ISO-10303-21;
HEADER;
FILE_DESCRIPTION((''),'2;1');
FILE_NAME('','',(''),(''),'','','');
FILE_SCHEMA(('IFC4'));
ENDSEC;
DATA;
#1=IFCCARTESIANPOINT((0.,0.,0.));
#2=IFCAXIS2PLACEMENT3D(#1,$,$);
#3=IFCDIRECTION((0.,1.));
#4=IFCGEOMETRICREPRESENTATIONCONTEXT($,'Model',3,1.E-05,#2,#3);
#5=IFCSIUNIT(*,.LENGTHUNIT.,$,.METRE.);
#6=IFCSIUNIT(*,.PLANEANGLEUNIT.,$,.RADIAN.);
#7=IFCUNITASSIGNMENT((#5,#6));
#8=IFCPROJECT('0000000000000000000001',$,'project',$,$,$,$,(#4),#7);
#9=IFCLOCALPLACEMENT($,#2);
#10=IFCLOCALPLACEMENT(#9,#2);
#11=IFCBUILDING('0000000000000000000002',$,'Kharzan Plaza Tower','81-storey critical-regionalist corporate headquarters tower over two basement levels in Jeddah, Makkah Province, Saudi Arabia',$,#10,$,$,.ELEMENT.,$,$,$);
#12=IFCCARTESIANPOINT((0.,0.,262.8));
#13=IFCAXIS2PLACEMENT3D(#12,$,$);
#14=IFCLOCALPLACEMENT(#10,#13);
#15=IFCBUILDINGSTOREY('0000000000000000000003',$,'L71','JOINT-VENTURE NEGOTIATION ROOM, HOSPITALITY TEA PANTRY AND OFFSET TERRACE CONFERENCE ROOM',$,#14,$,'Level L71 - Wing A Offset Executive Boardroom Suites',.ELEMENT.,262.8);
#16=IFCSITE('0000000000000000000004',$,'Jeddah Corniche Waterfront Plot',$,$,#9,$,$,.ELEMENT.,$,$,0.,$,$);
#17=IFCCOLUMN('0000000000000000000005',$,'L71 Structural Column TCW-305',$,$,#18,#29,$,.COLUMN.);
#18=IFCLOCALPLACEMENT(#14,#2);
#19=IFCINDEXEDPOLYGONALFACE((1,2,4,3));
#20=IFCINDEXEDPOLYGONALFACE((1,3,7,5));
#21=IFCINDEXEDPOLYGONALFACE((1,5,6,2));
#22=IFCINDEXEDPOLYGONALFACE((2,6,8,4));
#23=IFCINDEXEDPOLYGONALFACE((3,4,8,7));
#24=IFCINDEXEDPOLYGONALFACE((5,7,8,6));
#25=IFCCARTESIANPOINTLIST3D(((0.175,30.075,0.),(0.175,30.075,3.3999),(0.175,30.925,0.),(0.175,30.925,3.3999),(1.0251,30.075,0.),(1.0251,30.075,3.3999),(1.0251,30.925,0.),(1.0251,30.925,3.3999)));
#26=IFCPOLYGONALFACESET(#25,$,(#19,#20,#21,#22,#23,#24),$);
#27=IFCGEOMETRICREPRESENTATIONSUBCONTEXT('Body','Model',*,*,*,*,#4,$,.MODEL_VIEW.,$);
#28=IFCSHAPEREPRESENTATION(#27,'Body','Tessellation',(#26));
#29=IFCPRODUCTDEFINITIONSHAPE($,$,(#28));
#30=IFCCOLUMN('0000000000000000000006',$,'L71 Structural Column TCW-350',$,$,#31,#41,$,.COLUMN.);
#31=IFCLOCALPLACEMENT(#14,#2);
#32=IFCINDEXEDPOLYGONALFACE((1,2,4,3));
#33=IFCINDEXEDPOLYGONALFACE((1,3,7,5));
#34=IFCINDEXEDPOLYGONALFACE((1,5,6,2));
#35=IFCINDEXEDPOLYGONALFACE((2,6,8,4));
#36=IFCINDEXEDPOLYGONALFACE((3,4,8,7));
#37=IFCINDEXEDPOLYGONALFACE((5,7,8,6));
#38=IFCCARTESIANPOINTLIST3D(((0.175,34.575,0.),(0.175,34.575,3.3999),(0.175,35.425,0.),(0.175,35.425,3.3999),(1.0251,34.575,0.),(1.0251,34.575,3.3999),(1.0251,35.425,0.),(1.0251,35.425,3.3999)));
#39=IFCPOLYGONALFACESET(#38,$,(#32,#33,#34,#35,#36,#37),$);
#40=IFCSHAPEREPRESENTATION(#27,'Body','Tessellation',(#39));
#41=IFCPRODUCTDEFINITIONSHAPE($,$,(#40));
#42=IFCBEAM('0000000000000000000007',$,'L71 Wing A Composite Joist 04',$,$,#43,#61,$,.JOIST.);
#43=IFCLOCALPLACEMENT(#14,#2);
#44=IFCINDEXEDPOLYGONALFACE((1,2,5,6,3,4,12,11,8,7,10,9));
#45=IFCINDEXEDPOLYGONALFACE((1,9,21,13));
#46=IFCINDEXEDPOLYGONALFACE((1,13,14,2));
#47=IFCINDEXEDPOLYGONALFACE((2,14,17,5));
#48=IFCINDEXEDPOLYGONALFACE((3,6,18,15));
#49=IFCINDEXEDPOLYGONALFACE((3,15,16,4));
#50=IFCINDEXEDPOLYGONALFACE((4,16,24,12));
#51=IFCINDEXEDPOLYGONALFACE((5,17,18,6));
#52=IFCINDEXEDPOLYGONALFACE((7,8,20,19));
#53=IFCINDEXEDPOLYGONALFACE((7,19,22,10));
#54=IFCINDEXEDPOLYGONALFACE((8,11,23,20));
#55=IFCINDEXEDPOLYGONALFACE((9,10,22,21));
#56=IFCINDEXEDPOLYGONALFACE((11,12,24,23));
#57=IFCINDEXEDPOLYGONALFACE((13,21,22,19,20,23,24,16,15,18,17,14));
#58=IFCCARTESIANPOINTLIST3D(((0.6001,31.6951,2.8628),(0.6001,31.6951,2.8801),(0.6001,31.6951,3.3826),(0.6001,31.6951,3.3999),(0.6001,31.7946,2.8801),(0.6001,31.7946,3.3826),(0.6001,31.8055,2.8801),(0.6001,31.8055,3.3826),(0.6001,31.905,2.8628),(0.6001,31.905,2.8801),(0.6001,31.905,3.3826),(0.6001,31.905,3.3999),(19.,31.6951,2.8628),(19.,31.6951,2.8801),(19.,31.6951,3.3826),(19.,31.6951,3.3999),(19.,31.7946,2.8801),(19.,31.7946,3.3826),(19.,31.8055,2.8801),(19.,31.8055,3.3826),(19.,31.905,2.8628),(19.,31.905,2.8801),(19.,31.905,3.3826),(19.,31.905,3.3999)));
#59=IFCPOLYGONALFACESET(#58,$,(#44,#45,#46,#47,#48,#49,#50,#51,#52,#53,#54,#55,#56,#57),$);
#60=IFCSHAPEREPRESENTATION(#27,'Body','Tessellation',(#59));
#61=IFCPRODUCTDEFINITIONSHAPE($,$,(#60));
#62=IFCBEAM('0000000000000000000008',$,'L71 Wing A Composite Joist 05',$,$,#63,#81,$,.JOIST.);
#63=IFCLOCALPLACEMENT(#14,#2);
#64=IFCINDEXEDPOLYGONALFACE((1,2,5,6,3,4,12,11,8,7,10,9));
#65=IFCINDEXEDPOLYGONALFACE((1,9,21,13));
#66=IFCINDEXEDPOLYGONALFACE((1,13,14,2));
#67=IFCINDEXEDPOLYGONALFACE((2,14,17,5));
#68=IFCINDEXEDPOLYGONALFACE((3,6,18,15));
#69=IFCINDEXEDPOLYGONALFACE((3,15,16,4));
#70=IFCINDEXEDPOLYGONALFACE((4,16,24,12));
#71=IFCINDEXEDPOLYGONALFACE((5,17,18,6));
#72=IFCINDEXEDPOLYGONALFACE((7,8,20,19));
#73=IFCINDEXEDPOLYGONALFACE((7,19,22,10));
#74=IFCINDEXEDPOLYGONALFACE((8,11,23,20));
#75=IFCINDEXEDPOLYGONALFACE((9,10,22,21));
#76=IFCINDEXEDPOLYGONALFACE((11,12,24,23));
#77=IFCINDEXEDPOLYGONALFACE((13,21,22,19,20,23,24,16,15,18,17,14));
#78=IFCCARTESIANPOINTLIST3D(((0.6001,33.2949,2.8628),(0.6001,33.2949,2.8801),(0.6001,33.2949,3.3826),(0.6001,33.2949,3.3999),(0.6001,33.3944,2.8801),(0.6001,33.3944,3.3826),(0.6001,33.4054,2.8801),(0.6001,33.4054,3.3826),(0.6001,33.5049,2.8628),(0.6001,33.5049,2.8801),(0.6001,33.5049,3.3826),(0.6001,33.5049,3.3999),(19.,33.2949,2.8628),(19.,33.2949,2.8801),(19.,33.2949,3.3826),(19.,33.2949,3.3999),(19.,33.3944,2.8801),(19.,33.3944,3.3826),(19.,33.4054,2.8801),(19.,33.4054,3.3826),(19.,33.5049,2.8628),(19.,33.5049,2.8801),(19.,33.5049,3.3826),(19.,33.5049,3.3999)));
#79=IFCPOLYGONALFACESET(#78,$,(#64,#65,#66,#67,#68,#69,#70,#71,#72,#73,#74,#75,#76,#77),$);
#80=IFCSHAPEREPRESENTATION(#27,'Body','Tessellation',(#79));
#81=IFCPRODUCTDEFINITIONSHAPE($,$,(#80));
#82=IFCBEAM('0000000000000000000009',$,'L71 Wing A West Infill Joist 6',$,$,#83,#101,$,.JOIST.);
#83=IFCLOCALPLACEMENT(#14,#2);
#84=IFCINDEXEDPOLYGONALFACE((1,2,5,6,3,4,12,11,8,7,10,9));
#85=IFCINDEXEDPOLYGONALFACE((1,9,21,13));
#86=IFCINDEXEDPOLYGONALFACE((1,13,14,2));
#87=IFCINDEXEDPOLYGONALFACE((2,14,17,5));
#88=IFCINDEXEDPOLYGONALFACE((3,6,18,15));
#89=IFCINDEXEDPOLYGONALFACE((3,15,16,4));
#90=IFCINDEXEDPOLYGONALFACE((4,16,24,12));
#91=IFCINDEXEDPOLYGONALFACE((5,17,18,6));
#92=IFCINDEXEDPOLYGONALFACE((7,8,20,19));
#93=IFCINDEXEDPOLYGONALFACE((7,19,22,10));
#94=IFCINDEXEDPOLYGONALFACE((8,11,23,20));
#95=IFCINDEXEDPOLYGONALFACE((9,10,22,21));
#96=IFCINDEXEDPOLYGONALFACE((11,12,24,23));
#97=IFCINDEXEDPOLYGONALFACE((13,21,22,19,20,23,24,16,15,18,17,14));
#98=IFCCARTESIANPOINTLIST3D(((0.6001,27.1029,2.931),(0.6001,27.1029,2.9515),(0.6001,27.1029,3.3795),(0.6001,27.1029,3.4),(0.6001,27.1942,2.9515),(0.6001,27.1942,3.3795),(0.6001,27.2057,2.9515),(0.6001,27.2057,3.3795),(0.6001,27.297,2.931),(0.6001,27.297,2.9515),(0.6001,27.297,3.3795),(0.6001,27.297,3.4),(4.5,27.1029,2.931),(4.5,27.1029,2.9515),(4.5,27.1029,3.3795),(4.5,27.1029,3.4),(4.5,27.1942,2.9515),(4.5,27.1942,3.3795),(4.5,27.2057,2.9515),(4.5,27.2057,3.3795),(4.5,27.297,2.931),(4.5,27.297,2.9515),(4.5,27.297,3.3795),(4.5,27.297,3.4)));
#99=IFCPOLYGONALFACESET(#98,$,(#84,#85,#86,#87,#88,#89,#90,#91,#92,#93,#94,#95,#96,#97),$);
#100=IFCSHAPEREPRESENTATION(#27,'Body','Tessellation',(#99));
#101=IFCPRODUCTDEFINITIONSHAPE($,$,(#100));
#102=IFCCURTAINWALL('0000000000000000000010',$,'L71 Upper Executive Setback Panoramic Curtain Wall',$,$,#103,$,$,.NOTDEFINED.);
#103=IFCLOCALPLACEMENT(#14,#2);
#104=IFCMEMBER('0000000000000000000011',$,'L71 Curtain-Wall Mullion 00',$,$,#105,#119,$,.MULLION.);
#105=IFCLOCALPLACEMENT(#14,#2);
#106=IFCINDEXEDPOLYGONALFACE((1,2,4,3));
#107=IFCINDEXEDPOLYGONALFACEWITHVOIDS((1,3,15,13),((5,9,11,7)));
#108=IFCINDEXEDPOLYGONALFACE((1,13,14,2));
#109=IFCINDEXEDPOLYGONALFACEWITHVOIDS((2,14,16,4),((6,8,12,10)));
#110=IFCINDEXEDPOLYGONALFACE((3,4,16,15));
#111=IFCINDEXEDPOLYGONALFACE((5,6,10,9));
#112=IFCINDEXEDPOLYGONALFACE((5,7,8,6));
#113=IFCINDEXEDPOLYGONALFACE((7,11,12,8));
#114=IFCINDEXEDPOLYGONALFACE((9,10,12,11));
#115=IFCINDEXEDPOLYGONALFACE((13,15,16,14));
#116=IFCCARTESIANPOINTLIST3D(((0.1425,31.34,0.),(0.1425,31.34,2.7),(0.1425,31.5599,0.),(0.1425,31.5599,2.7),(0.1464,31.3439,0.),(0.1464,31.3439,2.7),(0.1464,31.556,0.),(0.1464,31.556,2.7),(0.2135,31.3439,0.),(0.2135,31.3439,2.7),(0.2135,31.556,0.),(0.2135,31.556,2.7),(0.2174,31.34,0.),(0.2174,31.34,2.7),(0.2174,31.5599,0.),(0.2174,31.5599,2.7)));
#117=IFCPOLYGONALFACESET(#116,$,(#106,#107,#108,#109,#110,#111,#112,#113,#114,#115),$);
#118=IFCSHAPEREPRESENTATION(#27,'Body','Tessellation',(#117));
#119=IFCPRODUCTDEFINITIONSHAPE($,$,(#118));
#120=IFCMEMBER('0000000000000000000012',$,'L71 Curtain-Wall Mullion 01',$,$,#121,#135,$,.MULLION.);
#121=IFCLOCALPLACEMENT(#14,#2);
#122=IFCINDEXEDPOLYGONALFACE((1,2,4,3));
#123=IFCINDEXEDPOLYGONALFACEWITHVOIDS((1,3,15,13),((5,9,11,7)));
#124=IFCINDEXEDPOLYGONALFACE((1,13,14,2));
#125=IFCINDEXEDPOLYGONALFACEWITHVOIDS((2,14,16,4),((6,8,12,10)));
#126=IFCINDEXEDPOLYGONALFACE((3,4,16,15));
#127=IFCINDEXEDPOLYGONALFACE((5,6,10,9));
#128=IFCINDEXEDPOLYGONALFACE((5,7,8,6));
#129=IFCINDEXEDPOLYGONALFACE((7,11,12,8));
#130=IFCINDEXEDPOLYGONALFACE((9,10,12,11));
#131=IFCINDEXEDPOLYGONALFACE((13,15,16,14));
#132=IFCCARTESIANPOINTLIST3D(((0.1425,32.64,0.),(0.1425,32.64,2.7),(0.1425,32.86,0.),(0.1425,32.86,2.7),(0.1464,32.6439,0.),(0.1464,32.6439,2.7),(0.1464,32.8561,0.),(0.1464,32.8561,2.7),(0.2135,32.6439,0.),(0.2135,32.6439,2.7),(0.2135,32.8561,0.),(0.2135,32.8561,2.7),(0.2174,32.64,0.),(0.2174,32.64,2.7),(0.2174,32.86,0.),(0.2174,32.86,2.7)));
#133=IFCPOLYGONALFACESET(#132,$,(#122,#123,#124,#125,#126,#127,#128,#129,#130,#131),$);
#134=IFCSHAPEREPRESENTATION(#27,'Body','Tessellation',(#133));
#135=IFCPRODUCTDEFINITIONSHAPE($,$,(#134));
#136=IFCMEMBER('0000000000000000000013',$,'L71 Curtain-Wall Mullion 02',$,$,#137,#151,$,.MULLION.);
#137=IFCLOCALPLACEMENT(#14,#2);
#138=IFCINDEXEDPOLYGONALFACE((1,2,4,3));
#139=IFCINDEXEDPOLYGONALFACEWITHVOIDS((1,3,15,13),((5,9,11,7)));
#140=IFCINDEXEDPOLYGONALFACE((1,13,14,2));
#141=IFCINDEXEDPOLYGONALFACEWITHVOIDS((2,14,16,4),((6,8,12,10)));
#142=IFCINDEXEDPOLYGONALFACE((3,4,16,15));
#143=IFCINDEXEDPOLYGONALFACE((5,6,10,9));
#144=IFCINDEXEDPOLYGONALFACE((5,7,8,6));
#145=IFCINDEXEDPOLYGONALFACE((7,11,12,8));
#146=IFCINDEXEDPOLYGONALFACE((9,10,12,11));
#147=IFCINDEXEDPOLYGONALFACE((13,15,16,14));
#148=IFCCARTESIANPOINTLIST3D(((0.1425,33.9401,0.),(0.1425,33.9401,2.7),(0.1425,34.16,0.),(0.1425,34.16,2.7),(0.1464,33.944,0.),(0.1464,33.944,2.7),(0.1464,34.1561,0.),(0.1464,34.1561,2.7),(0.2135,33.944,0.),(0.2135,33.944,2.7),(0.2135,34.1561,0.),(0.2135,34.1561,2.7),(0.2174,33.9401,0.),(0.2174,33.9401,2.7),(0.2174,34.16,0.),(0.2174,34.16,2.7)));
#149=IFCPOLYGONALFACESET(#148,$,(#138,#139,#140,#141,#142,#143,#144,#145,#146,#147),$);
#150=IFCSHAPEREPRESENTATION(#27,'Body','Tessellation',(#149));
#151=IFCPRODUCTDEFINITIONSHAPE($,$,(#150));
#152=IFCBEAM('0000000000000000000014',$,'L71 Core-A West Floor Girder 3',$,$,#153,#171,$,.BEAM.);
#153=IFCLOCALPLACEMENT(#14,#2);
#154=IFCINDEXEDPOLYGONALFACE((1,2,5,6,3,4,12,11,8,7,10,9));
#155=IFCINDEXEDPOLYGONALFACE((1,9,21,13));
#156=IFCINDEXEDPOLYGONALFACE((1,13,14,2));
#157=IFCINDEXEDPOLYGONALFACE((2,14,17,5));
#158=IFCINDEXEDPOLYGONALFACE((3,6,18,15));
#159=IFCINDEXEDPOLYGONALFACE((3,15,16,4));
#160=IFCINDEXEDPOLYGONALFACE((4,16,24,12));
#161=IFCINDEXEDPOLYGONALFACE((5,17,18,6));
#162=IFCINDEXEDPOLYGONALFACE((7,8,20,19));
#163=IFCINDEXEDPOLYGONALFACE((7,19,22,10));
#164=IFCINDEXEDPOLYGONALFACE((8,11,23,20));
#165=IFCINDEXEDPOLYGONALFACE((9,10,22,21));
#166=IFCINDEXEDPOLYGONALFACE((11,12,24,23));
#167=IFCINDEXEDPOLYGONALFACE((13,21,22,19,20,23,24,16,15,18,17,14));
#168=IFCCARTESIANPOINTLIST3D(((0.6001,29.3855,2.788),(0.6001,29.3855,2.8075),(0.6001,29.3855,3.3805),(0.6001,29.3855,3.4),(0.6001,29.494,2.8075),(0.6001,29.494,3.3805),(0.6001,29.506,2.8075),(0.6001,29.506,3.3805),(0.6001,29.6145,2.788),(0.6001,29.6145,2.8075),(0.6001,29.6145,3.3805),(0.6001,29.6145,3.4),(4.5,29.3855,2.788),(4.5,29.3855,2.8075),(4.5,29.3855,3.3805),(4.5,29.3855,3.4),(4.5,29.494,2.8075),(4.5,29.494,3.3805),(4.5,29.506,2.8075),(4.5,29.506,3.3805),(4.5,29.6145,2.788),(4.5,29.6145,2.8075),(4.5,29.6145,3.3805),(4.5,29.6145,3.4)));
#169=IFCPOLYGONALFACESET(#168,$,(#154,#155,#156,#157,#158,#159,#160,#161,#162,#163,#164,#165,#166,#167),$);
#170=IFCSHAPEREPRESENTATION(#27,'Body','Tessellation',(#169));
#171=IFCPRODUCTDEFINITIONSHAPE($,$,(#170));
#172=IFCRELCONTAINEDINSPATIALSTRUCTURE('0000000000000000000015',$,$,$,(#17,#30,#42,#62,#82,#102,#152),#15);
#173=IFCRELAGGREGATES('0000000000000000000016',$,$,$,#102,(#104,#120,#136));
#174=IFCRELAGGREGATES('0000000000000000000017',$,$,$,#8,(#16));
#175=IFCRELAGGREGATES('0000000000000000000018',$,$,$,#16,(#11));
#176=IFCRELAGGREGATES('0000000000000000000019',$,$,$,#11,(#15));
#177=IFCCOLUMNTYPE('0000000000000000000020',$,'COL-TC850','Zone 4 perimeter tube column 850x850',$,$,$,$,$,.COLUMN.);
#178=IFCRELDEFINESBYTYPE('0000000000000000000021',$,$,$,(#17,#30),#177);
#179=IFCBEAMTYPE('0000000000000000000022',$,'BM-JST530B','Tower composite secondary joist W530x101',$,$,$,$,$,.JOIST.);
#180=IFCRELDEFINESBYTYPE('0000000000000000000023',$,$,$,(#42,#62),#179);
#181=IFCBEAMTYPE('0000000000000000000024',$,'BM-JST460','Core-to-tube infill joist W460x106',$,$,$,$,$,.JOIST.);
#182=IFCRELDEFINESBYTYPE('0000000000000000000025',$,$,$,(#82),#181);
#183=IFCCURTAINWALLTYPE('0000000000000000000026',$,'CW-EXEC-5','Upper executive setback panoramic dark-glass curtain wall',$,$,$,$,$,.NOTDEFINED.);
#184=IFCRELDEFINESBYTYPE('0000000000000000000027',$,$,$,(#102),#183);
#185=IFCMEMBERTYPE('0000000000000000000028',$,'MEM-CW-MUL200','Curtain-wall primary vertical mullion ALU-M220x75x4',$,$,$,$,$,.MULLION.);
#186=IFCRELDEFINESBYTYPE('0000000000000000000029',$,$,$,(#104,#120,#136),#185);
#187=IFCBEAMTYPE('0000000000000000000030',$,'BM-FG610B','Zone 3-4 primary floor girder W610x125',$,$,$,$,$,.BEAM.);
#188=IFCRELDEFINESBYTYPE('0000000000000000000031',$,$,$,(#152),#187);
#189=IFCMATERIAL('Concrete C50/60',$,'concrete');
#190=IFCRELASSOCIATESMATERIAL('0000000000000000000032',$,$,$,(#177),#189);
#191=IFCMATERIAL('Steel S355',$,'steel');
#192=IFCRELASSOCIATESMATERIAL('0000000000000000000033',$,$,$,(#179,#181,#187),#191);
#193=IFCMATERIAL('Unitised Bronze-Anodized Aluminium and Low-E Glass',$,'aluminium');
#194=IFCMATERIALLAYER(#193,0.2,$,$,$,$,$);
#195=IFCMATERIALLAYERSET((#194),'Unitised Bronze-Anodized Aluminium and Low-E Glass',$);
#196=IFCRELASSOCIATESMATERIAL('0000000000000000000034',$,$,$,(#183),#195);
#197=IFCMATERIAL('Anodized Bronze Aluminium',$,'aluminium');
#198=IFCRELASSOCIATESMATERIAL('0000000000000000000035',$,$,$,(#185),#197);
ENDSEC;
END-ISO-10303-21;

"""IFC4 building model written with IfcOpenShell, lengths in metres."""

from ifc_helpers import new_model, si_unit, direction, frame, origin, origin_2d, place, context, subcontext, project, spatial, rectangle, hollow_rectangle, i_section, extrude, source, transform, mapped, material, layer, layer_set, material_profile, profile_set, type_object, element, aggregate, save


model = new_model("IFC4")

# Units and contexts
model_context = context("Model", 3, precision=1e-05, world=origin(), true_north=direction((0.0, 1.0)))
body_context = subcontext(model_context, "Body", "Model", "MODEL_VIEW")
ifc_project = project(units=[si_unit("LENGTHUNIT", "METRE"), si_unit("PLANEANGLEUNIT", "RADIAN")], contexts=[model_context])

# Site, building, storey
site_placement = place(None, origin())
site = spatial("IfcSite", under=ifc_project, at=site_placement, Name="Jeddah Corniche Waterfront Plot", CompositionType="ELEMENT", RefElevation=0.0)
building_placement = place(site_placement, origin())
building = spatial("IfcBuilding", under=site, at=building_placement, Name="Kharzan Plaza Tower", Description="81-storey critical-regionalist corporate headquarters tower over two basement levels in Jeddah, Makkah Province, Saudi Arabia", CompositionType="ELEMENT")
storey_placement = place(building_placement, frame((0.0, 0.0, 262.8)))
storey = spatial("IfcBuildingStorey", under=building, at=storey_placement, Name="L71", Description="JOINT-VENTURE NEGOTIATION ROOM, HOSPITALITY TEA PANTRY AND OFFSET TERRACE CONFERENCE ROOM", LongName="Level L71 - Wing A Offset Executive Boardroom Suites", CompositionType="ELEMENT", Elevation=262.8)

# Columns
ifc_material_1 = material(Name="Concrete C50/60", Category="concrete")
ifc_material_profile_1 = material_profile(ifc_material_1, rectangle(XDim=0.8501, YDim=0.8501, at=origin_2d()), Name="RC-TC850x850")
ifc_profile_set_1 = profile_set([ifc_material_profile_1], Name="Concrete C50/60")
column_type = type_object("IfcColumnType", Name="COL-TC850", Description="Zone 4 perimeter tube column 850x850", PredefinedType="COLUMN", material=ifc_profile_set_1)
shared_shape_1 = source(origin(), body_context, "Body", "SweptSolid", [
    extrude(rectangle(XDim=0.8501, YDim=0.8501, at=origin_2d()), origin(), (0.0, 0.0, 1.0), 3.3999),
])
for number, where, z_axis, x_axis, name in (
    (1, (0.6001, 30.5, 0.0), (0.0, 0.0, 1.0), (1.0, 0.0, 0.0), "L71 Structural Column TCW-305"),
    (2, (0.6001, 35.0, 0.0), (0.0, 0.0, 1.0), (1.0, 0.0, 0.0), "L71 Structural Column TCW-350"),
):
    element("IfcColumn", number, at=place(storey_placement, frame(where, z_axis=z_axis, x_axis=x_axis)), inside=storey, type_object=column_type, Name=name, PredefinedType="COLUMN", context=body_context, shape_type="MappedRepresentation", body=[
        mapped(shared_shape_1, transform((0.0, 0.0, 0.0), x_axis=(1.0, 0.0, 0.0), y_axis=(0.0, 1.0, 0.0), z_axis=(0.0, 0.0, 1.0))),
    ])

# Beams
ifc_material_2 = material(Name="Steel S355", Category="steel")
ifc_material_profile_2 = material_profile(ifc_material_2, i_section(OverallWidth=0.21, OverallDepth=0.5371, WebThickness=0.011, FlangeThickness=0.0173, at=origin_2d()), Name="W530x101")
ifc_profile_set_2 = profile_set([ifc_material_profile_2], Name="Steel S355")
beam_type_1 = type_object("IfcBeamType", Name="BM-JST530B", Description="Tower composite secondary joist W530x101", PredefinedType="JOIST", material=ifc_profile_set_2)
shared_shape_2 = source(origin(), body_context, "Body", "SweptSolid", [
    extrude(i_section(OverallWidth=0.21, OverallDepth=0.5371, WebThickness=0.011, FlangeThickness=0.0173, at=origin_2d()), origin(), (0.0, 0.0, 1.0), 18.3999),
])
for number, where, z_axis, x_axis, name in (
    (3, (0.6001, 31.8, 3.1313), (1.0, 0.0, 0.0), (0.0, 1.0, 0.0), "L71 Wing A Composite Joist 04"),
    (4, (0.6001, 33.3999, 3.1313), (1.0, 0.0, 0.0), (0.0, 1.0, 0.0), "L71 Wing A Composite Joist 05"),
):
    element("IfcBeam", number, at=place(storey_placement, frame(where, z_axis=z_axis, x_axis=x_axis)), inside=storey, type_object=beam_type_1, Name=name, PredefinedType="JOIST", context=body_context, shape_type="MappedRepresentation", body=[
        mapped(shared_shape_2, transform((0.0, 0.0, 0.0), x_axis=(1.0, 0.0, 0.0), y_axis=(0.0, 1.0, 0.0), z_axis=(0.0, 0.0, 1.0))),
    ])
ifc_material_profile_3 = material_profile(ifc_material_2, i_section(OverallWidth=0.1941, OverallDepth=0.469, WebThickness=0.0115, FlangeThickness=0.0205, at=origin_2d()), Name="W460x106")
ifc_profile_set_3 = profile_set([ifc_material_profile_3], Name="Steel S355")
beam_type_2 = type_object("IfcBeamType", Name="BM-JST460", Description="Core-to-tube infill joist W460x106", PredefinedType="JOIST", material=ifc_profile_set_3)
shared_shape_3 = source(origin(), body_context, "Body", "SweptSolid", [
    extrude(i_section(OverallWidth=0.1941, OverallDepth=0.469, WebThickness=0.0115, FlangeThickness=0.0205, at=origin_2d()), origin(), (0.0, 0.0, 1.0), 3.8999),
])
beam_1_placement = place(storey_placement, frame((0.6001, 27.2, 3.1655), z_axis=(1.0, 0.0, 0.0), x_axis=(0.0, 1.0, 0.0)))
element("IfcBeam", 5, at=beam_1_placement, inside=storey, type_object=beam_type_2, Name="L71 Wing A West Infill Joist 6", PredefinedType="JOIST", context=body_context, shape_type="MappedRepresentation", body=[
    mapped(shared_shape_3, transform((0.0, 0.0, 0.0), x_axis=(1.0, 0.0, 0.0), y_axis=(0.0, 1.0, 0.0), z_axis=(0.0, 0.0, 1.0))),
])

# Curtain wall, members
ifc_material_3 = material(Name="Unitised Bronze-Anodized Aluminium and Low-E Glass", Category="aluminium")
ifc_layer_1 = layer(ifc_material_3, 0.2)
ifc_layer_set_1 = layer_set([ifc_layer_1], Name="Unitised Bronze-Anodized Aluminium and Low-E Glass")
curtain_wall_type = type_object("IfcCurtainWallType", Name="CW-EXEC-5", Description="Upper executive setback panoramic dark-glass curtain wall", PredefinedType="NOTDEFINED", material=ifc_layer_set_1)
curtain_wall_placement = place(storey_placement, origin())
curtain_wall = element("IfcCurtainWall", 6, at=curtain_wall_placement, inside=storey, type_object=curtain_wall_type, Name="L71 Upper Executive Setback Panoramic Curtain Wall", PredefinedType="NOTDEFINED")
ifc_material_4 = material(Name="Anodized Bronze Aluminium", Category="aluminium")
ifc_material_profile_4 = material_profile(ifc_material_4, hollow_rectangle(XDim=0.075, YDim=0.22, WallThickness=0.0039, at=origin_2d()), Name="ALU-M220x75x4")
ifc_profile_set_4 = profile_set([ifc_material_profile_4], Name="Anodized Bronze Aluminium")
member_type_1 = type_object("IfcMemberType", Name="MEM-CW-MUL200", Description="Curtain-wall primary vertical mullion ALU-M220x75x4", PredefinedType="MULLION", material=ifc_profile_set_4)
shared_shape_4 = source(origin(), body_context, "Body", "SweptSolid", [
    extrude(hollow_rectangle(XDim=0.075, YDim=0.22, WallThickness=0.0039, at=origin_2d()), origin(), (0.0, 0.0, 1.0), 2.7),
])
member_1_placement = place(storey_placement, frame((0.1799, 31.45, 0.0), z_axis=(0.0, 0.0, 1.0), x_axis=(1.0, 0.0, 0.0)))
member_1 = element("IfcMember", 7, at=member_1_placement, type_object=member_type_1, Name="L71 Curtain-Wall Mullion 00", PredefinedType="MULLION", context=body_context, shape_type="MappedRepresentation", body=[
    mapped(shared_shape_4, transform((0.0, 0.0, 0.0), x_axis=(1.0, 0.0, 0.0), y_axis=(0.0, 1.0, 0.0), z_axis=(0.0, 0.0, 1.0))),
])
member_2_placement = place(storey_placement, frame((0.1799, 32.75, 0.0), z_axis=(0.0, 0.0, 1.0), x_axis=(1.0, 0.0, 0.0)))
member_2 = element("IfcMember", 8, at=member_2_placement, type_object=member_type_1, Name="L71 Curtain-Wall Mullion 01", PredefinedType="MULLION", context=body_context, shape_type="MappedRepresentation", body=[
    mapped(shared_shape_4, transform((0.0, 0.0, 0.0), x_axis=(1.0, 0.0, 0.0), y_axis=(0.0, 1.0, 0.0), z_axis=(0.0, 0.0, 1.0))),
])
member_3_placement = place(storey_placement, frame((0.1799, 34.05, 0.0), z_axis=(0.0, 0.0, 1.0), x_axis=(1.0, 0.0, 0.0)))
member_3 = element("IfcMember", 9, at=member_3_placement, type_object=member_type_1, Name="L71 Curtain-Wall Mullion 02", PredefinedType="MULLION", context=body_context, shape_type="MappedRepresentation", body=[
    mapped(shared_shape_4, transform((0.0, 0.0, 0.0), x_axis=(1.0, 0.0, 0.0), y_axis=(0.0, 1.0, 0.0), z_axis=(0.0, 0.0, 1.0))),
])

# Beam
ifc_material_profile_5 = material_profile(ifc_material_2, i_section(OverallWidth=0.229, OverallDepth=0.6121, WebThickness=0.012, FlangeThickness=0.0195, at=origin_2d()), Name="W610x125")
ifc_profile_set_5 = profile_set([ifc_material_profile_5], Name="Steel S355")
beam_type_3 = type_object("IfcBeamType", Name="BM-FG610B", Description="Zone 3-4 primary floor girder W610x125", PredefinedType="BEAM", material=ifc_profile_set_5)
shared_shape_5 = source(origin(), body_context, "Body", "SweptSolid", [
    extrude(i_section(OverallWidth=0.229, OverallDepth=0.6121, WebThickness=0.012, FlangeThickness=0.0195, at=origin_2d()), origin(), (0.0, 0.0, 1.0), 3.8999),
])
beam_2_placement = place(storey_placement, frame((0.6001, 29.5, 3.094), z_axis=(1.0, 0.0, 0.0), x_axis=(0.0, 1.0, 0.0)))
element("IfcBeam", 10, at=beam_2_placement, inside=storey, type_object=beam_type_3, Name="L71 Core-A West Floor Girder 3", PredefinedType="BEAM", context=body_context, shape_type="MappedRepresentation", body=[
    mapped(shared_shape_5, transform((0.0, 0.0, 0.0), x_axis=(1.0, 0.0, 0.0), y_axis=(0.0, 1.0, 0.0), z_axis=(0.0, 0.0, 1.0))),
])

aggregate(curtain_wall, [member_1, member_2, member_3])

save(model, "model.ifc")
